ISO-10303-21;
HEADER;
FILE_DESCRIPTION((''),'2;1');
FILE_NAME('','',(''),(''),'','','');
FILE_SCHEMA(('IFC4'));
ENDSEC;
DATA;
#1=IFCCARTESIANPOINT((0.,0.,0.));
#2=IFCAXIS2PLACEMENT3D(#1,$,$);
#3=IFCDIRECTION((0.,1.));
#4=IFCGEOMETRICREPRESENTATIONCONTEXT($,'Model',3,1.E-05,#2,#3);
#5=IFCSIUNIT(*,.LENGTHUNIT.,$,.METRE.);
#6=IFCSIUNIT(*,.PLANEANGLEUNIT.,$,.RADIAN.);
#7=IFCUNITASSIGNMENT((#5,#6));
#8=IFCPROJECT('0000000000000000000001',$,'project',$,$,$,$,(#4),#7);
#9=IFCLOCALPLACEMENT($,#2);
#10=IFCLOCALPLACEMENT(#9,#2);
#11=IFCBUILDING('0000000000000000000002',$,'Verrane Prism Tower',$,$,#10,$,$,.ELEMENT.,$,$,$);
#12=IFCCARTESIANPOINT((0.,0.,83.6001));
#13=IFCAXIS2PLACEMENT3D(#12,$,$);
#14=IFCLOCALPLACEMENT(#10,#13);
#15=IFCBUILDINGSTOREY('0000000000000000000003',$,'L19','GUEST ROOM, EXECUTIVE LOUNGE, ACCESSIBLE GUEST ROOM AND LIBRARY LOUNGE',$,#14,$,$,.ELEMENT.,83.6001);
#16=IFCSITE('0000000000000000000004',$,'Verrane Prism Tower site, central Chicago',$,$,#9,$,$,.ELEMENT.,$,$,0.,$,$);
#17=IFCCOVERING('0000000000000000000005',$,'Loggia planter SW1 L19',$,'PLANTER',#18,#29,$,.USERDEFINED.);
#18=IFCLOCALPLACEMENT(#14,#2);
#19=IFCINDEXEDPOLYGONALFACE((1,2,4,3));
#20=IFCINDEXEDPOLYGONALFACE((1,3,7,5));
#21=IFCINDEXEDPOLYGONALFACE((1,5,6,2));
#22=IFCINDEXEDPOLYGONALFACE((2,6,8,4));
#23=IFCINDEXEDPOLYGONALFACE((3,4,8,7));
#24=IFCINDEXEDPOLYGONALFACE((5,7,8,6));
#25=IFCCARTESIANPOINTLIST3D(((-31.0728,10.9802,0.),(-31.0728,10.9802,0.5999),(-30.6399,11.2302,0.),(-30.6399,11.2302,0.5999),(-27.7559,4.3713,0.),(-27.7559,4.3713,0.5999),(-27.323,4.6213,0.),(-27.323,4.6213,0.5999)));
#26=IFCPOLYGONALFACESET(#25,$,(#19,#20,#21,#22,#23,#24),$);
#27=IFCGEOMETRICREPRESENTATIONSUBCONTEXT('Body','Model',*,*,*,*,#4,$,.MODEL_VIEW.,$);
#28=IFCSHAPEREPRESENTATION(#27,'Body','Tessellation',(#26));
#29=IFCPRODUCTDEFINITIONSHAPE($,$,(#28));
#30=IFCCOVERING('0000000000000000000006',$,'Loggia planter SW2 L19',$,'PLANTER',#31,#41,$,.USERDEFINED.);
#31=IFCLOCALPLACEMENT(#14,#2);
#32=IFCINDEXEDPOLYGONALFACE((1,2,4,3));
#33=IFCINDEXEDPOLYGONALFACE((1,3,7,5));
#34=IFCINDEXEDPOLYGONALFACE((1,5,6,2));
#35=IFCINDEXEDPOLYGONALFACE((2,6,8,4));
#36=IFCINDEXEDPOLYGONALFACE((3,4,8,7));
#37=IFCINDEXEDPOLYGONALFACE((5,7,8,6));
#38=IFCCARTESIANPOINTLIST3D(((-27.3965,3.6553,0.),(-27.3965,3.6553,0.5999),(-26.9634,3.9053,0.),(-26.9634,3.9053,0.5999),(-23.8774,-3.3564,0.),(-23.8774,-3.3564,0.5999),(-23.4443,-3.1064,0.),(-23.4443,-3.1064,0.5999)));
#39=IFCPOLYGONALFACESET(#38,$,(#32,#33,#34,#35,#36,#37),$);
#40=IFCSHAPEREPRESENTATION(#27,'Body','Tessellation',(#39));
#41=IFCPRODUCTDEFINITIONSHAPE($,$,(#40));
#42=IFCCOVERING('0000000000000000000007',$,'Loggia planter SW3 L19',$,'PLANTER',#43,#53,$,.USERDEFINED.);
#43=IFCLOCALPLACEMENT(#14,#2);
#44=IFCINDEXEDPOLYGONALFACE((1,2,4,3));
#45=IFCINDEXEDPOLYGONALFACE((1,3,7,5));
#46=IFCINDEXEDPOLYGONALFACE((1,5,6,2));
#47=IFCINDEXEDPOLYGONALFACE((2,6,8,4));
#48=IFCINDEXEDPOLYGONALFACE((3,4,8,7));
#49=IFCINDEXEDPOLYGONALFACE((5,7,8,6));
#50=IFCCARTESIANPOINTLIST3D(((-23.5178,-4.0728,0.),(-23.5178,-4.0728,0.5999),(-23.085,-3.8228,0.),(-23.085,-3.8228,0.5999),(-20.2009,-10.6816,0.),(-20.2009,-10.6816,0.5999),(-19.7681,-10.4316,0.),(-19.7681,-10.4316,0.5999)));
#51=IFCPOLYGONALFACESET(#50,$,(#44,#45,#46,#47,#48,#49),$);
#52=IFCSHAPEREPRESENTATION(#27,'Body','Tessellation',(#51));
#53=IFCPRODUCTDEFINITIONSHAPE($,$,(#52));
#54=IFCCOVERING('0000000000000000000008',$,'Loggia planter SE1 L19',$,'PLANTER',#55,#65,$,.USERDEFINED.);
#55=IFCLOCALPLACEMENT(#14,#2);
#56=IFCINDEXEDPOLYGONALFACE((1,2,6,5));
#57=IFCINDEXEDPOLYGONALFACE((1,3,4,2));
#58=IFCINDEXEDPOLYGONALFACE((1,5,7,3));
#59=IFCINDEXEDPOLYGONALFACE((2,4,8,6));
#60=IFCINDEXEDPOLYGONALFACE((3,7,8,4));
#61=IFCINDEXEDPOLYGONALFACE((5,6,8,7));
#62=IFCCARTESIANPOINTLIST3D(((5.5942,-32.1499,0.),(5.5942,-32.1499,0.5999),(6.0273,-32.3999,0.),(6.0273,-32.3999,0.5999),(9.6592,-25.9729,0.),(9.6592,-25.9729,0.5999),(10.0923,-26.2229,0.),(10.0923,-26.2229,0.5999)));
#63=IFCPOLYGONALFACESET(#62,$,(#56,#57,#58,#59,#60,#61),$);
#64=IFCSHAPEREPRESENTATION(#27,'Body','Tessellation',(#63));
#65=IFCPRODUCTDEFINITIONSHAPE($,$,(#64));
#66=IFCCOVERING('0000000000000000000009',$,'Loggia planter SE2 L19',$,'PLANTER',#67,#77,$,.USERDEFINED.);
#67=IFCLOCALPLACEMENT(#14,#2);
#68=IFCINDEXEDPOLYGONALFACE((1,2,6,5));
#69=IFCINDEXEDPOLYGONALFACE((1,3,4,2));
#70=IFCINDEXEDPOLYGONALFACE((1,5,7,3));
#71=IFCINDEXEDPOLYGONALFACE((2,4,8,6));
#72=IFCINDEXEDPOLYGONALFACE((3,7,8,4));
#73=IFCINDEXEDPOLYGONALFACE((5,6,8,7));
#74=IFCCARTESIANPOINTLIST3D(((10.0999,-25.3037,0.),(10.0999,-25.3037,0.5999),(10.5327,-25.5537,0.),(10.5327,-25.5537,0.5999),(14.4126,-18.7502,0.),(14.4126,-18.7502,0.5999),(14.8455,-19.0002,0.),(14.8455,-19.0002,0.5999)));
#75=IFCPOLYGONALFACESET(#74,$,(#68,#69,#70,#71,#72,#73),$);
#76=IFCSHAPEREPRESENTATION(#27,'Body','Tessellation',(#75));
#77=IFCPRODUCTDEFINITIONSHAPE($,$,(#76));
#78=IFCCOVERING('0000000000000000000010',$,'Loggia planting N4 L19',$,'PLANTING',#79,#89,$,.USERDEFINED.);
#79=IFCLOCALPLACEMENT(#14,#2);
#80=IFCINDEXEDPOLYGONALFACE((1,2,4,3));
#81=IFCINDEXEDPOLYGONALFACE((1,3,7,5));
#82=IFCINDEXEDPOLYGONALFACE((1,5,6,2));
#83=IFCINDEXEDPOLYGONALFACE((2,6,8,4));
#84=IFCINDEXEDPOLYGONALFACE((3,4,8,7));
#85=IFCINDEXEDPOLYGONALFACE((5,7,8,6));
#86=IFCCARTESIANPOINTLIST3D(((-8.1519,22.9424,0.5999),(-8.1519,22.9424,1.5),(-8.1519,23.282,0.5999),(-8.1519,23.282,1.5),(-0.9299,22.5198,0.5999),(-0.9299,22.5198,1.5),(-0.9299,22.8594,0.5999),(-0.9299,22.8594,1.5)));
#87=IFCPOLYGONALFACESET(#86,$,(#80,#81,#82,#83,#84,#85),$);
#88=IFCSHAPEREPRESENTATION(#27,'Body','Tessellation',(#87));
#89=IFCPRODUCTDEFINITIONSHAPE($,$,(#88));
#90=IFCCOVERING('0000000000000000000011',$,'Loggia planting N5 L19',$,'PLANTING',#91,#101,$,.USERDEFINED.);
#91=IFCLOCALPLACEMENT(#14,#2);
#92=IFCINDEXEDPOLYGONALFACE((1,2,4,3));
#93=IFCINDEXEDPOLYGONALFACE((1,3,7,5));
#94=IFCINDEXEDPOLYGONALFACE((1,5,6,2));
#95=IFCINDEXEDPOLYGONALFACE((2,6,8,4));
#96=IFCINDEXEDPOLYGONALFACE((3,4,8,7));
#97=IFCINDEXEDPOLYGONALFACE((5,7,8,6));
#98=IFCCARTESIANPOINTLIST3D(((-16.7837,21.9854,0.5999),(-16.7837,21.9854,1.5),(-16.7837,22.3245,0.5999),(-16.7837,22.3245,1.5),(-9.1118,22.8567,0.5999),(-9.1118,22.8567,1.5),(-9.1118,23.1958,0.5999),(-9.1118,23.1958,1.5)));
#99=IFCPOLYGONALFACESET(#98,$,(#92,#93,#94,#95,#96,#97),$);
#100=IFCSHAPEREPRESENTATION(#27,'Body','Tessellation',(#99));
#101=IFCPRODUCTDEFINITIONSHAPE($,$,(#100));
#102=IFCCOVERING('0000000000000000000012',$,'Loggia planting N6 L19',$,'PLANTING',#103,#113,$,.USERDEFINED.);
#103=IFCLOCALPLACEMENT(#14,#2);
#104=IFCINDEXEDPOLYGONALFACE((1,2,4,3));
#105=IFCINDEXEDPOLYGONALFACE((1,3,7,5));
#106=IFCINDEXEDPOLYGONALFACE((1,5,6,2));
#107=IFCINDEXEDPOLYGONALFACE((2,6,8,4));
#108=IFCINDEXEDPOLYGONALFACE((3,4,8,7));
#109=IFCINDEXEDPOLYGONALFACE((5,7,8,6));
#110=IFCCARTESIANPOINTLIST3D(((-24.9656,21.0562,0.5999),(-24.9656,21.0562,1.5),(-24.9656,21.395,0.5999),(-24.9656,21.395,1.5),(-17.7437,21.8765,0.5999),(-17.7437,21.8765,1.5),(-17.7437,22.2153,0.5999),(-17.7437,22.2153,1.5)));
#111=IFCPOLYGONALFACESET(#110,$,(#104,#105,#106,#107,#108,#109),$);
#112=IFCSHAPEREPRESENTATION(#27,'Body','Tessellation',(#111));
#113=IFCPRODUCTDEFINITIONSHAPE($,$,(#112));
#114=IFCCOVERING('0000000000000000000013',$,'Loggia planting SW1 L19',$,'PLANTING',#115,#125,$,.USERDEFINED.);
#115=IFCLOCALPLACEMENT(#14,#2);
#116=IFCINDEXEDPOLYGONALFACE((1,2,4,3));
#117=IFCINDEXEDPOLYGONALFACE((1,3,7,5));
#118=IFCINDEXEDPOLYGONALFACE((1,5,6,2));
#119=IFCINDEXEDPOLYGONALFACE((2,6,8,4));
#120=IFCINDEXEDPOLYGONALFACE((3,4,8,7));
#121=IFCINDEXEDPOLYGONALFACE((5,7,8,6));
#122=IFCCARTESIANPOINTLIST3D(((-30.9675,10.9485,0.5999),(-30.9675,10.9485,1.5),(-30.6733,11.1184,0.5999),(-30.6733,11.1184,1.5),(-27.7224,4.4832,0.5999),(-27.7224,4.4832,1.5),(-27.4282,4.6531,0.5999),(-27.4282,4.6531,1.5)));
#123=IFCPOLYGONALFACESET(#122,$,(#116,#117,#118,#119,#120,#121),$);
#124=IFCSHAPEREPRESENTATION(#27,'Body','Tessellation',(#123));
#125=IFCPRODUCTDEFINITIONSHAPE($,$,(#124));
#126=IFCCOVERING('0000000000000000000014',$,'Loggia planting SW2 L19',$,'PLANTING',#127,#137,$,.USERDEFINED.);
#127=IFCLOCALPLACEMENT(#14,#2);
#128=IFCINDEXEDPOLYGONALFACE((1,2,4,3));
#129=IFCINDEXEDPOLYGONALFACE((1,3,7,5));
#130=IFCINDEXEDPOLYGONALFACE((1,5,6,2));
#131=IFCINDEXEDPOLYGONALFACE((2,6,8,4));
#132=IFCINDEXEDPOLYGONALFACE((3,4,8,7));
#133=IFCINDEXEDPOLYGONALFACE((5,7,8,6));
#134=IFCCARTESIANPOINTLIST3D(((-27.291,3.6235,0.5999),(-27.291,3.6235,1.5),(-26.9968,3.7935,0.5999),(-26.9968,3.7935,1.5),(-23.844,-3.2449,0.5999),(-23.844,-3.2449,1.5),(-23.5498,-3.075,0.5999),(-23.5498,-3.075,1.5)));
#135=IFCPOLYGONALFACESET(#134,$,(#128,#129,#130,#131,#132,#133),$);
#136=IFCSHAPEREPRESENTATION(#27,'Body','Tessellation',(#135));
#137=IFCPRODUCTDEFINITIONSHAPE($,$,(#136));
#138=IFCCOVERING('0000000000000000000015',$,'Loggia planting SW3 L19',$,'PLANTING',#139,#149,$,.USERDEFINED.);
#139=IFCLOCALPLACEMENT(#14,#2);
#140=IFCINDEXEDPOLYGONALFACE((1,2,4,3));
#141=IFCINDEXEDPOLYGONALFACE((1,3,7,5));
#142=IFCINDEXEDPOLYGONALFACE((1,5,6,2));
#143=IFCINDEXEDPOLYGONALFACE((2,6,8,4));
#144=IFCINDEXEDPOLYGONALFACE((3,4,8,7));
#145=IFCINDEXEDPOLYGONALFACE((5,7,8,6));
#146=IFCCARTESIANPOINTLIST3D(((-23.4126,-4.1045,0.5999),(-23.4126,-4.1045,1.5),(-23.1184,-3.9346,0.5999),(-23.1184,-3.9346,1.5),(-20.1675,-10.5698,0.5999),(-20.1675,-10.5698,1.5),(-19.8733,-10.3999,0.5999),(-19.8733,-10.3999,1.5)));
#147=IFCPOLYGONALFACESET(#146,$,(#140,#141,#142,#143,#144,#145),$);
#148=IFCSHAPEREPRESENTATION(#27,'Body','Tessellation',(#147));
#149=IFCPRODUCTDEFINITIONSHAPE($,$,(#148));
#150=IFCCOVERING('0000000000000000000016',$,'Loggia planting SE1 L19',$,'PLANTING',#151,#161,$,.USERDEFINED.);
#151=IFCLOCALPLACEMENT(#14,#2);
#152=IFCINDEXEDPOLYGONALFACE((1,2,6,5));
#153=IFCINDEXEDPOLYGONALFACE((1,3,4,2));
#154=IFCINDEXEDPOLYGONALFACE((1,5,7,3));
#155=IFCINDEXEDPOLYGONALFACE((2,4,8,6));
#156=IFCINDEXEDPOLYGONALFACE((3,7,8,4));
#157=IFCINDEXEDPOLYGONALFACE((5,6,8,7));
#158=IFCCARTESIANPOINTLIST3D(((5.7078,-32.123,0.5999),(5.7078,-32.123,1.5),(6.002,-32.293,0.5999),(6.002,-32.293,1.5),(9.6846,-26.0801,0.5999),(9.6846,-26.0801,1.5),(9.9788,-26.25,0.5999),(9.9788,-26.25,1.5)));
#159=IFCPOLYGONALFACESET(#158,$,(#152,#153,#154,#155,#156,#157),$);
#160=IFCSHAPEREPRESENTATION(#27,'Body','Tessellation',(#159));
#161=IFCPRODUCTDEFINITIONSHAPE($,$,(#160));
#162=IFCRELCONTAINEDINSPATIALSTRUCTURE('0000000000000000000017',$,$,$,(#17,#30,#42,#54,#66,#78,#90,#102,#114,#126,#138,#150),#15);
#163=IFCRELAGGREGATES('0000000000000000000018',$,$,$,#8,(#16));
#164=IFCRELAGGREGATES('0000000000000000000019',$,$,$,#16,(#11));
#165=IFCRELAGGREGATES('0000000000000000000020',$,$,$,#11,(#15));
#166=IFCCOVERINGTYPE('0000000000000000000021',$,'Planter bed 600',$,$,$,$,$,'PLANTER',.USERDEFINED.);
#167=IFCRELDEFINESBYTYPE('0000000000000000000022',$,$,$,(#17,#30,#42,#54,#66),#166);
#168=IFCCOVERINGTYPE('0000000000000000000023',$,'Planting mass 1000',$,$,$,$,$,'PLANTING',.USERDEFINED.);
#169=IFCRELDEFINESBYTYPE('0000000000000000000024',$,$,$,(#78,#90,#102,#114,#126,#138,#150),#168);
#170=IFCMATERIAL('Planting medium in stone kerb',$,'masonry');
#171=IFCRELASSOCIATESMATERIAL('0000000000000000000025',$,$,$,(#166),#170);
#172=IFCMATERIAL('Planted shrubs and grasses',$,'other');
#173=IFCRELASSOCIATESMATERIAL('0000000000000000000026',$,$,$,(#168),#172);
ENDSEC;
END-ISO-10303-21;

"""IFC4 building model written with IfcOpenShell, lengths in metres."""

from ifc_helpers import new_model, si_unit, direction, frame, origin, place, context, subcontext, project, spatial, polyline, outline, extrude, material, type_object, element, save


model = new_model("IFC4")

# Units and contexts
model_context = context("Model", 3, precision=1e-05, world=origin(), true_north=direction((0.0, 1.0)))
body_context = subcontext(model_context, "Body", "Model", "MODEL_VIEW")
ifc_project = project(units=[si_unit("LENGTHUNIT", "METRE"), si_unit("PLANEANGLEUNIT", "RADIAN")], contexts=[model_context])

# Site, building, storey
site_placement = place(None, origin())
site = spatial("IfcSite", under=ifc_project, at=site_placement, Name="Verrane Prism Tower site, central Chicago", CompositionType="ELEMENT", RefElevation=0.0)
building_placement = place(site_placement, origin())
building = spatial("IfcBuilding", under=site, at=building_placement, Name="Verrane Prism Tower", CompositionType="ELEMENT")
storey_placement = place(building_placement, frame((0.0, 0.0, 83.6001)))
storey = spatial("IfcBuildingStorey", under=building, at=storey_placement, Name="L19", Description="GUEST ROOM, EXECUTIVE LOUNGE, ACCESSIBLE GUEST ROOM AND LIBRARY LOUNGE", CompositionType="ELEMENT", Elevation=83.6001)

# Coverings
ifc_material_1 = material(Name="Planting medium in stone kerb", Category="masonry")
covering_type_1 = type_object("IfcCoveringType", Name="Planter bed 600", ElementType="PLANTER", PredefinedType="USERDEFINED", material=ifc_material_1)
covering_1_placement = place(storey_placement, origin())
element("IfcCovering", 1, at=covering_1_placement, inside=storey, type_object=covering_type_1, Name="Loggia planter SW1 L19", ObjectType="PLANTER", PredefinedType="USERDEFINED", context=body_context, shape_type="SweptSolid", body=[
    extrude(outline(polyline([(-31.0728, 10.9802), (-27.7559, 4.3713), (-27.323, 4.6213), (-30.6399, 11.2302), (-31.0728, 10.9802)])), origin(), (0.0, 0.0, 1.0), 0.5999),
])
covering_2_placement = place(storey_placement, origin())
element("IfcCovering", 2, at=covering_2_placement, inside=storey, type_object=covering_type_1, Name="Loggia planter SW2 L19", ObjectType="PLANTER", PredefinedType="USERDEFINED", context=body_context, shape_type="SweptSolid", body=[
    extrude(outline(polyline([(-27.3965, 3.6553), (-23.8774, -3.3564), (-23.4443, -3.1064), (-26.9634, 3.9053), (-27.3965, 3.6553)])), origin(), (0.0, 0.0, 1.0), 0.5999),
])
covering_3_placement = place(storey_placement, origin())
element("IfcCovering", 3, at=covering_3_placement, inside=storey, type_object=covering_type_1, Name="Loggia planter SW3 L19", ObjectType="PLANTER", PredefinedType="USERDEFINED", context=body_context, shape_type="SweptSolid", body=[
    extrude(outline(polyline([(-23.5178, -4.0728), (-20.2009, -10.6816), (-19.7681, -10.4316), (-23.085, -3.8228), (-23.5178, -4.0728)])), origin(), (0.0, 0.0, 1.0), 0.5999),
])
covering_4_placement = place(storey_placement, origin())
element("IfcCovering", 4, at=covering_4_placement, inside=storey, type_object=covering_type_1, Name="Loggia planter SE1 L19", ObjectType="PLANTER", PredefinedType="USERDEFINED", context=body_context, shape_type="SweptSolid", body=[
    extrude(outline(polyline([(6.0273, -32.3999), (10.0923, -26.2229), (9.6592, -25.9729), (5.5942, -32.1499), (6.0273, -32.3999)])), origin(), (0.0, 0.0, 1.0), 0.5999),
])
covering_5_placement = place(storey_placement, origin())
element("IfcCovering", 5, at=covering_5_placement, inside=storey, type_object=covering_type_1, Name="Loggia planter SE2 L19", ObjectType="PLANTER", PredefinedType="USERDEFINED", context=body_context, shape_type="SweptSolid", body=[
    extrude(outline(polyline([(10.5327, -25.5537), (14.8455, -19.0002), (14.4126, -18.7502), (10.0999, -25.3037), (10.5327, -25.5537)])), origin(), (0.0, 0.0, 1.0), 0.5999),
])
ifc_material_2 = material(Name="Planted shrubs and grasses", Category="other")
covering_type_2 = type_object("IfcCoveringType", Name="Planting mass 1000", ElementType="PLANTING", PredefinedType="USERDEFINED", material=ifc_material_2)
covering_6_placement = place(storey_placement, frame((0.0, 0.0, 0.5999)))
element("IfcCovering", 6, at=covering_6_placement, inside=storey, type_object=covering_type_2, Name="Loggia planting N4 L19", ObjectType="PLANTING", PredefinedType="USERDEFINED", context=body_context, shape_type="SweptSolid", body=[
    extrude(outline(polyline([(-8.1519, 23.282), (-8.1519, 22.9424), (-0.9299, 22.5198), (-0.9299, 22.8594), (-8.1519, 23.282)])), origin(), (0.0, 0.0, 1.0), 0.9001),
])
covering_7_placement = place(storey_placement, frame((0.0, 0.0, 0.5999)))
element("IfcCovering", 7, at=covering_7_placement, inside=storey, type_object=covering_type_2, Name="Loggia planting N5 L19", ObjectType="PLANTING", PredefinedType="USERDEFINED", context=body_context, shape_type="SweptSolid", body=[
    extrude(outline(polyline([(-16.7837, 22.3245), (-16.7837, 21.9854), (-9.1118, 22.8567), (-9.1118, 23.1958), (-16.7837, 22.3245)])), origin(), (0.0, 0.0, 1.0), 0.9001),
])
covering_8_placement = place(storey_placement, frame((0.0, 0.0, 0.5999)))
element("IfcCovering", 8, at=covering_8_placement, inside=storey, type_object=covering_type_2, Name="Loggia planting N6 L19", ObjectType="PLANTING", PredefinedType="USERDEFINED", context=body_context, shape_type="SweptSolid", body=[
    extrude(outline(polyline([(-24.9656, 21.395), (-24.9656, 21.0562), (-17.7437, 21.8765), (-17.7437, 22.2153), (-24.9656, 21.395)])), origin(), (0.0, 0.0, 1.0), 0.9001),
])
covering_9_placement = place(storey_placement, frame((0.0, 0.0, 0.5999)))
element("IfcCovering", 9, at=covering_9_placement, inside=storey, type_object=covering_type_2, Name="Loggia planting SW1 L19", ObjectType="PLANTING", PredefinedType="USERDEFINED", context=body_context, shape_type="SweptSolid", body=[
    extrude(outline(polyline([(-27.7224, 4.4832), (-27.4282, 4.6531), (-30.6733, 11.1184), (-30.9675, 10.9485), (-27.7224, 4.4832)])), origin(), (0.0, 0.0, 1.0), 0.9001),
])
covering_10_placement = place(storey_placement, frame((0.0, 0.0, 0.5999)))
element("IfcCovering", 10, at=covering_10_placement, inside=storey, type_object=covering_type_2, Name="Loggia planting SW2 L19", ObjectType="PLANTING", PredefinedType="USERDEFINED", context=body_context, shape_type="SweptSolid", body=[
    extrude(outline(polyline([(-23.844, -3.2449), (-23.5498, -3.075), (-26.9968, 3.7935), (-27.291, 3.6235), (-23.844, -3.2449)])), origin(), (0.0, 0.0, 1.0), 0.9001),
])
covering_11_placement = place(storey_placement, frame((0.0, 0.0, 0.5999)))
element("IfcCovering", 11, at=covering_11_placement, inside=storey, type_object=covering_type_2, Name="Loggia planting SW3 L19", ObjectType="PLANTING", PredefinedType="USERDEFINED", context=body_context, shape_type="SweptSolid", body=[
    extrude(outline(polyline([(-20.1675, -10.5698), (-19.8733, -10.3999), (-23.1184, -3.9346), (-23.4126, -4.1045), (-20.1675, -10.5698)])), origin(), (0.0, 0.0, 1.0), 0.9001),
])
covering_12_placement = place(storey_placement, frame((0.0, 0.0, 0.5999)))
element("IfcCovering", 12, at=covering_12_placement, inside=storey, type_object=covering_type_2, Name="Loggia planting SE1 L19", ObjectType="PLANTING", PredefinedType="USERDEFINED", context=body_context, shape_type="SweptSolid", body=[
    extrude(outline(polyline([(9.9788, -26.25), (9.6846, -26.0801), (5.7078, -32.123), (6.002, -32.293), (9.9788, -26.25)])), origin(), (0.0, 0.0, 1.0), 0.9001),
])

save(model, "model.ifc")
